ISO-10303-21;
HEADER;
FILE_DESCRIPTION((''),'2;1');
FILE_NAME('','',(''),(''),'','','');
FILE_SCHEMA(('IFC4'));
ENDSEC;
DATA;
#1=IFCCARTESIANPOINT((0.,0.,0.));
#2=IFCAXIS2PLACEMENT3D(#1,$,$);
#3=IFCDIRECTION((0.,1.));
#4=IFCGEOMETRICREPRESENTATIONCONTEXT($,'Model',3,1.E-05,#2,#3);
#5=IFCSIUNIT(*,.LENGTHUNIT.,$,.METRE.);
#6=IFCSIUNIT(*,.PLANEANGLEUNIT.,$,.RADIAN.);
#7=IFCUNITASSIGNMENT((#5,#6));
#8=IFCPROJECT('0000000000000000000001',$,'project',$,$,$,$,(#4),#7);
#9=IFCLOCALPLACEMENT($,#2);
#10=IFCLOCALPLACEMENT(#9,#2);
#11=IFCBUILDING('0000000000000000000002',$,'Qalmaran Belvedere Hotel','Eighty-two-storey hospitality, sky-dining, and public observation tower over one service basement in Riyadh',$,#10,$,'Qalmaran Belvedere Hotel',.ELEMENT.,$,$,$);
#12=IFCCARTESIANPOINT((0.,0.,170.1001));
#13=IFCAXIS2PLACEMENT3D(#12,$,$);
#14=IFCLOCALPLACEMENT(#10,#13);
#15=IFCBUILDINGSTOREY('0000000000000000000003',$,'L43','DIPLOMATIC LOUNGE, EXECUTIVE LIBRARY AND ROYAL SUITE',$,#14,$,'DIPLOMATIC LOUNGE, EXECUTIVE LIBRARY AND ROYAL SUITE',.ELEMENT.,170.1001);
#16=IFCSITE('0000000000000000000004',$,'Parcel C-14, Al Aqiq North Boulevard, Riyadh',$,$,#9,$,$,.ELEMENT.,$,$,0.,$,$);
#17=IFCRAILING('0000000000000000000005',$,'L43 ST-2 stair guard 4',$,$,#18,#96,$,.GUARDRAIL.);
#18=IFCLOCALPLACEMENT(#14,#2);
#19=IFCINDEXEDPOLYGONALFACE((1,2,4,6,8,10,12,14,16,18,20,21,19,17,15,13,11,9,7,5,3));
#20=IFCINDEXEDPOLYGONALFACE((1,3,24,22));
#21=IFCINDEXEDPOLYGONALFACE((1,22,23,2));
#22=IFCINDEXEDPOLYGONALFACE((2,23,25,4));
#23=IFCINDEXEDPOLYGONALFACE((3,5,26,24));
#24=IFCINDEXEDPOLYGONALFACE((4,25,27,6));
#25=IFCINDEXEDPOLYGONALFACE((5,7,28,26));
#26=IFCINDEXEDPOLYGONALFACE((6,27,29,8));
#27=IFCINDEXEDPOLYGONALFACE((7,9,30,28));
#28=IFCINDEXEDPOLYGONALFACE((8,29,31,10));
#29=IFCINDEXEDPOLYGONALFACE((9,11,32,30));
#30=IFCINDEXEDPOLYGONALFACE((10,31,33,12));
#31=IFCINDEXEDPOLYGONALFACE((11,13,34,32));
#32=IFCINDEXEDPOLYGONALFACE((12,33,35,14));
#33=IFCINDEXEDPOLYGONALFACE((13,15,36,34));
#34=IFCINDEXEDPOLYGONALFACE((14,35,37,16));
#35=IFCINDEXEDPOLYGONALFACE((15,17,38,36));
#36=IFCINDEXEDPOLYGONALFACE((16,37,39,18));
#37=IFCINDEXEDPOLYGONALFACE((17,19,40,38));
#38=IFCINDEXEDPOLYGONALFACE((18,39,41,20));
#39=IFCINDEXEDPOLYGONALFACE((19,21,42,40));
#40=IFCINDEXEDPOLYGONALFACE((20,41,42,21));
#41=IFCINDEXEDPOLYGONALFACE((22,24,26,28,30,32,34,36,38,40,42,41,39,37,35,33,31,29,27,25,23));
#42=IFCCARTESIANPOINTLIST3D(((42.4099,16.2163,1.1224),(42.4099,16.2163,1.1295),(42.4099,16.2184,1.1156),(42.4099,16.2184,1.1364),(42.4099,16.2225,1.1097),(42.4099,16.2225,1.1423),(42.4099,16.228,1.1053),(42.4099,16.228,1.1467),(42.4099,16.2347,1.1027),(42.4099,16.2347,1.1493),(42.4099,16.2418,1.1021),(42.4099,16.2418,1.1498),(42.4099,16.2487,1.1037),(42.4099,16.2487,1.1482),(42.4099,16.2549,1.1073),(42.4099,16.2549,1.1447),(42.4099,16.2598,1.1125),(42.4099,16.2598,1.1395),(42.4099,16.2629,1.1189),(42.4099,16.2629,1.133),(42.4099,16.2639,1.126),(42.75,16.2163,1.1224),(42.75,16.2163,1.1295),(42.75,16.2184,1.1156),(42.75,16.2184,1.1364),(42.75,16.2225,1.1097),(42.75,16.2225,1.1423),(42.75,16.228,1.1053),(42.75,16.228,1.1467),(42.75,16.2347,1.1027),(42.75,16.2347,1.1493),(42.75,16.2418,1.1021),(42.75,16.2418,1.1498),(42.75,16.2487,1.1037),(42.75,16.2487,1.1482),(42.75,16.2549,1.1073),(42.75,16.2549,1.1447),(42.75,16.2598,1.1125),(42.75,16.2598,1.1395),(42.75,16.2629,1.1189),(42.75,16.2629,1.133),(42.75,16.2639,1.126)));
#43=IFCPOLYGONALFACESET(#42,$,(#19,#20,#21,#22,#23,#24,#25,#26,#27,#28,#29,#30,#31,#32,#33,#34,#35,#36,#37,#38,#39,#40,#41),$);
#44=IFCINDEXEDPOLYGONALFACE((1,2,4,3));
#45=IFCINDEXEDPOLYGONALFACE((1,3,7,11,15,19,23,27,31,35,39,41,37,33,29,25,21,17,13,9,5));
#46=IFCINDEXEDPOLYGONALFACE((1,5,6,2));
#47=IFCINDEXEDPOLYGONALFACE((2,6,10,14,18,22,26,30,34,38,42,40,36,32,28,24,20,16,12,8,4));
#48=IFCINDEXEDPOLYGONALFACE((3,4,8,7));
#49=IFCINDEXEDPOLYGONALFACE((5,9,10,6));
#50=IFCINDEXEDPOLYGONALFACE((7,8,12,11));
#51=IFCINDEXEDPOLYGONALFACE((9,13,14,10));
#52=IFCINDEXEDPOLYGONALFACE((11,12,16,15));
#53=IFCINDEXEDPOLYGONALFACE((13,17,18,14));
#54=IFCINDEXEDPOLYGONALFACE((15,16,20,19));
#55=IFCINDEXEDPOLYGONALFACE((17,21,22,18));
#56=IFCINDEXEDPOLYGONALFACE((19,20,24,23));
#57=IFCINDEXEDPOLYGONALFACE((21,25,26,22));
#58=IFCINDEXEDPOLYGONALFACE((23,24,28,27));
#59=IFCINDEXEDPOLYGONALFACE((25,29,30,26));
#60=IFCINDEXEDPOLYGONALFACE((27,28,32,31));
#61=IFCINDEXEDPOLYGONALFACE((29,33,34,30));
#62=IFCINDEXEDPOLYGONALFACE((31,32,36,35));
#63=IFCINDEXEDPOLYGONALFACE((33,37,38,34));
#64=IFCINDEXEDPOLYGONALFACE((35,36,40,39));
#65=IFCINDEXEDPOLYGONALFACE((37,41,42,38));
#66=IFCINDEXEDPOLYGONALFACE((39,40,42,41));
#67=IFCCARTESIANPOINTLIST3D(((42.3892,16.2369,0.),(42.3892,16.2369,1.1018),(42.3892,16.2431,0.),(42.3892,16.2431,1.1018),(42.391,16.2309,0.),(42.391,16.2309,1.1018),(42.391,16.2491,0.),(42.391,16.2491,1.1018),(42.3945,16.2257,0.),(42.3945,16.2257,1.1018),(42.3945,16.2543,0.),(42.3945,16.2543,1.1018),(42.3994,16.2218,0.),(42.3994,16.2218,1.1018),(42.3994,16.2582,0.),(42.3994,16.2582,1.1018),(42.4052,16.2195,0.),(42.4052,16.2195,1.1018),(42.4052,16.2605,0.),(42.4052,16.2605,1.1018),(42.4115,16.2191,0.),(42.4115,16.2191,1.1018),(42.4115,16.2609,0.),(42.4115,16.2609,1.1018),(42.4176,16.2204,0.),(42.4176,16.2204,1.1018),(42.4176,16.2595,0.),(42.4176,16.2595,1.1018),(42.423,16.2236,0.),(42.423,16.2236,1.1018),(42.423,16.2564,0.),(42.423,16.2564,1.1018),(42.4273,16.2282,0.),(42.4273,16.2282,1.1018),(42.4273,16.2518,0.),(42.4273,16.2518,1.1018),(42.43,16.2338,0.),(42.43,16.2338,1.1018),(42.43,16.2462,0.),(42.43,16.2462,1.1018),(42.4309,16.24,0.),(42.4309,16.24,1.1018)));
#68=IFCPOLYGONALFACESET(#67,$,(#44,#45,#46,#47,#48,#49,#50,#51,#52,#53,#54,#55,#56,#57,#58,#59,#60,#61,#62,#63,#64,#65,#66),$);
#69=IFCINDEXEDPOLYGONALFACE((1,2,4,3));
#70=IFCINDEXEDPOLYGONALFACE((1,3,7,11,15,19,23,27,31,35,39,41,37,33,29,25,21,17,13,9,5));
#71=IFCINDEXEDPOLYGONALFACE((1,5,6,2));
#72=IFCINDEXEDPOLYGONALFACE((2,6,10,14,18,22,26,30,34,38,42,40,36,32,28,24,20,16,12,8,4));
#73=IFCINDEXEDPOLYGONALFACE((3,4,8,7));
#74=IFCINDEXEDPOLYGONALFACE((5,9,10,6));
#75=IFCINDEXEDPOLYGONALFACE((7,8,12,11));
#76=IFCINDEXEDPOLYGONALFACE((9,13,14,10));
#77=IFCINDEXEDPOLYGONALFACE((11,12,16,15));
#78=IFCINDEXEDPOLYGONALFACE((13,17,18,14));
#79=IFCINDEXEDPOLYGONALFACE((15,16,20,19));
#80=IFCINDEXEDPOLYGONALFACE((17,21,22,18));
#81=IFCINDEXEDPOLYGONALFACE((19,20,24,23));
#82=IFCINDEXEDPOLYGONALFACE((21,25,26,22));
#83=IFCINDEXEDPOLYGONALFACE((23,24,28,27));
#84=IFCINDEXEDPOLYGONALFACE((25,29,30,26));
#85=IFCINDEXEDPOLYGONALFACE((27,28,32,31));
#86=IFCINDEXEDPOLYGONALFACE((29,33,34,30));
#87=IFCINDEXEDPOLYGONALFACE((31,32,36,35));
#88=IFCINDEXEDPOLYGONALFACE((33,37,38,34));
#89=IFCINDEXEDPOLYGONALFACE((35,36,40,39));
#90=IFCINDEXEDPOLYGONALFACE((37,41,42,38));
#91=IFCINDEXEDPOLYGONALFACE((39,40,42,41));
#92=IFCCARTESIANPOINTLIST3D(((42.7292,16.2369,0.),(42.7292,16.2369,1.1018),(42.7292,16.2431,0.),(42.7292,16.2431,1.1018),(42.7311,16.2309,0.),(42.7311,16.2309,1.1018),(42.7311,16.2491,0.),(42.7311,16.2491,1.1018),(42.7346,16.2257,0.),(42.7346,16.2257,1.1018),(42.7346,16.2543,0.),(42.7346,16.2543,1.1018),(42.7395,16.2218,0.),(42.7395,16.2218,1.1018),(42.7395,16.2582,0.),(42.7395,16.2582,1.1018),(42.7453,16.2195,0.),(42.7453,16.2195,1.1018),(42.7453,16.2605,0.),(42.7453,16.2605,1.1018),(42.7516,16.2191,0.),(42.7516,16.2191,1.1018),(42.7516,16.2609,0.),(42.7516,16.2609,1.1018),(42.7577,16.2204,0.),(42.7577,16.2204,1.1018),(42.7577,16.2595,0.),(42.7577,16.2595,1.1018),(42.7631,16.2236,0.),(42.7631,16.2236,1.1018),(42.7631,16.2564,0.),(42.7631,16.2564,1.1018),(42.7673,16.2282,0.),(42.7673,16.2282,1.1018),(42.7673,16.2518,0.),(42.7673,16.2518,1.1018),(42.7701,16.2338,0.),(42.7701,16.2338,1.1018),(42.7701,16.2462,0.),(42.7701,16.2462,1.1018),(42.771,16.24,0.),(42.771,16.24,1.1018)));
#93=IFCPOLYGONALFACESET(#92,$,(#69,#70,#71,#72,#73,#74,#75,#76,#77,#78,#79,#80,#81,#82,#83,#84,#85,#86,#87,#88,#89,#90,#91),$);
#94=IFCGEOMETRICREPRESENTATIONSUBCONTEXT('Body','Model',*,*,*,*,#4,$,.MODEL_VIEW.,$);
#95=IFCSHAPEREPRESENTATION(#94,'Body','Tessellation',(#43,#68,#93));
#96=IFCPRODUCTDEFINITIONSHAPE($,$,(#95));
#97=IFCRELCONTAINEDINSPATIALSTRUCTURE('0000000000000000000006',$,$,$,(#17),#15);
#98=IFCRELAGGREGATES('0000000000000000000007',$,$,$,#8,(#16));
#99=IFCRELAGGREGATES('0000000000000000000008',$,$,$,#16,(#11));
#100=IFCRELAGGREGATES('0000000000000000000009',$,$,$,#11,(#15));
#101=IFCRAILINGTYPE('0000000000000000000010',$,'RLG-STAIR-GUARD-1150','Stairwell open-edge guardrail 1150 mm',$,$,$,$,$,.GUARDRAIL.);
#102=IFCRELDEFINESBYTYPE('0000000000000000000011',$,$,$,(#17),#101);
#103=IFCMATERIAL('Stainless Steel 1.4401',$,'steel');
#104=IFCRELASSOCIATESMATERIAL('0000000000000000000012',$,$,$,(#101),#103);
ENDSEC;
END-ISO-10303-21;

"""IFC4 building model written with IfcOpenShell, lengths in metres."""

from ifc_helpers import new_model, si_unit, direction, frame, origin, origin_2d, place, context, subcontext, project, spatial, circle, extrude, material, type_object, element, save


model = new_model("IFC4")

# Units and contexts
model_context = context("Model", 3, precision=1e-05, world=origin(), true_north=direction((0.0, 1.0)))
body_context = subcontext(model_context, "Body", "Model", "MODEL_VIEW")
ifc_project = project(units=[si_unit("LENGTHUNIT", "METRE"), si_unit("PLANEANGLEUNIT", "RADIAN")], contexts=[model_context])

# Site, building, storey
site_placement = place(None, origin())
site = spatial("IfcSite", under=ifc_project, at=site_placement, Name="Parcel C-14, Al Aqiq North Boulevard, Riyadh", CompositionType="ELEMENT", RefElevation=0.0)
building_placement = place(site_placement, origin())
building = spatial("IfcBuilding", under=site, at=building_placement, Name="Qalmaran Belvedere Hotel", Description="Eighty-two-storey hospitality, sky-dining, and public observation tower over one service basement in Riyadh", LongName="Qalmaran Belvedere Hotel", CompositionType="ELEMENT")
storey_placement = place(building_placement, frame((0.0, 0.0, 170.1001)))
storey = spatial("IfcBuildingStorey", under=building, at=storey_placement, Name="L43", Description="DIPLOMATIC LOUNGE, EXECUTIVE LIBRARY AND ROYAL SUITE", LongName="DIPLOMATIC LOUNGE, EXECUTIVE LIBRARY AND ROYAL SUITE", CompositionType="ELEMENT", Elevation=170.1001)

# Railing
ifc_material_1 = material(Name="Stainless Steel 1.4401", Category="steel")
railing_type_1 = type_object("IfcRailingType", Name="RLG-STAIR-GUARD-1150", Description="Stairwell open-edge guardrail 1150 mm", PredefinedType="GUARDRAIL", material=ifc_material_1)
railing_1_placement = place(storey_placement, frame((42.4099, 16.24, 0.0)))
element("IfcRailing", 1, at=railing_1_placement, inside=storey, type_object=railing_type_1, Name="L43 ST-2 stair guard 4", PredefinedType="GUARDRAIL", context=body_context, shape_type="SweptSolid", body=[
    extrude(circle(Radius=0.0239, at=origin_2d()), frame((0.0, 0.0, 1.126), z_axis=(1.0, 0.0, 0.0), x_axis=(0.0, 1.0, 0.0)), (0.0, 0.0, 1.0), 0.3401),
    extrude(circle(Radius=0.021, at=origin_2d()), origin(), (0.0, 0.0, 1.0), 1.1018),
    extrude(circle(Radius=0.021, at=origin_2d()), frame((0.3401, 0.0, 0.0)), (0.0, 0.0, 1.0), 1.1018),
])

save(model, "model.ifc")
